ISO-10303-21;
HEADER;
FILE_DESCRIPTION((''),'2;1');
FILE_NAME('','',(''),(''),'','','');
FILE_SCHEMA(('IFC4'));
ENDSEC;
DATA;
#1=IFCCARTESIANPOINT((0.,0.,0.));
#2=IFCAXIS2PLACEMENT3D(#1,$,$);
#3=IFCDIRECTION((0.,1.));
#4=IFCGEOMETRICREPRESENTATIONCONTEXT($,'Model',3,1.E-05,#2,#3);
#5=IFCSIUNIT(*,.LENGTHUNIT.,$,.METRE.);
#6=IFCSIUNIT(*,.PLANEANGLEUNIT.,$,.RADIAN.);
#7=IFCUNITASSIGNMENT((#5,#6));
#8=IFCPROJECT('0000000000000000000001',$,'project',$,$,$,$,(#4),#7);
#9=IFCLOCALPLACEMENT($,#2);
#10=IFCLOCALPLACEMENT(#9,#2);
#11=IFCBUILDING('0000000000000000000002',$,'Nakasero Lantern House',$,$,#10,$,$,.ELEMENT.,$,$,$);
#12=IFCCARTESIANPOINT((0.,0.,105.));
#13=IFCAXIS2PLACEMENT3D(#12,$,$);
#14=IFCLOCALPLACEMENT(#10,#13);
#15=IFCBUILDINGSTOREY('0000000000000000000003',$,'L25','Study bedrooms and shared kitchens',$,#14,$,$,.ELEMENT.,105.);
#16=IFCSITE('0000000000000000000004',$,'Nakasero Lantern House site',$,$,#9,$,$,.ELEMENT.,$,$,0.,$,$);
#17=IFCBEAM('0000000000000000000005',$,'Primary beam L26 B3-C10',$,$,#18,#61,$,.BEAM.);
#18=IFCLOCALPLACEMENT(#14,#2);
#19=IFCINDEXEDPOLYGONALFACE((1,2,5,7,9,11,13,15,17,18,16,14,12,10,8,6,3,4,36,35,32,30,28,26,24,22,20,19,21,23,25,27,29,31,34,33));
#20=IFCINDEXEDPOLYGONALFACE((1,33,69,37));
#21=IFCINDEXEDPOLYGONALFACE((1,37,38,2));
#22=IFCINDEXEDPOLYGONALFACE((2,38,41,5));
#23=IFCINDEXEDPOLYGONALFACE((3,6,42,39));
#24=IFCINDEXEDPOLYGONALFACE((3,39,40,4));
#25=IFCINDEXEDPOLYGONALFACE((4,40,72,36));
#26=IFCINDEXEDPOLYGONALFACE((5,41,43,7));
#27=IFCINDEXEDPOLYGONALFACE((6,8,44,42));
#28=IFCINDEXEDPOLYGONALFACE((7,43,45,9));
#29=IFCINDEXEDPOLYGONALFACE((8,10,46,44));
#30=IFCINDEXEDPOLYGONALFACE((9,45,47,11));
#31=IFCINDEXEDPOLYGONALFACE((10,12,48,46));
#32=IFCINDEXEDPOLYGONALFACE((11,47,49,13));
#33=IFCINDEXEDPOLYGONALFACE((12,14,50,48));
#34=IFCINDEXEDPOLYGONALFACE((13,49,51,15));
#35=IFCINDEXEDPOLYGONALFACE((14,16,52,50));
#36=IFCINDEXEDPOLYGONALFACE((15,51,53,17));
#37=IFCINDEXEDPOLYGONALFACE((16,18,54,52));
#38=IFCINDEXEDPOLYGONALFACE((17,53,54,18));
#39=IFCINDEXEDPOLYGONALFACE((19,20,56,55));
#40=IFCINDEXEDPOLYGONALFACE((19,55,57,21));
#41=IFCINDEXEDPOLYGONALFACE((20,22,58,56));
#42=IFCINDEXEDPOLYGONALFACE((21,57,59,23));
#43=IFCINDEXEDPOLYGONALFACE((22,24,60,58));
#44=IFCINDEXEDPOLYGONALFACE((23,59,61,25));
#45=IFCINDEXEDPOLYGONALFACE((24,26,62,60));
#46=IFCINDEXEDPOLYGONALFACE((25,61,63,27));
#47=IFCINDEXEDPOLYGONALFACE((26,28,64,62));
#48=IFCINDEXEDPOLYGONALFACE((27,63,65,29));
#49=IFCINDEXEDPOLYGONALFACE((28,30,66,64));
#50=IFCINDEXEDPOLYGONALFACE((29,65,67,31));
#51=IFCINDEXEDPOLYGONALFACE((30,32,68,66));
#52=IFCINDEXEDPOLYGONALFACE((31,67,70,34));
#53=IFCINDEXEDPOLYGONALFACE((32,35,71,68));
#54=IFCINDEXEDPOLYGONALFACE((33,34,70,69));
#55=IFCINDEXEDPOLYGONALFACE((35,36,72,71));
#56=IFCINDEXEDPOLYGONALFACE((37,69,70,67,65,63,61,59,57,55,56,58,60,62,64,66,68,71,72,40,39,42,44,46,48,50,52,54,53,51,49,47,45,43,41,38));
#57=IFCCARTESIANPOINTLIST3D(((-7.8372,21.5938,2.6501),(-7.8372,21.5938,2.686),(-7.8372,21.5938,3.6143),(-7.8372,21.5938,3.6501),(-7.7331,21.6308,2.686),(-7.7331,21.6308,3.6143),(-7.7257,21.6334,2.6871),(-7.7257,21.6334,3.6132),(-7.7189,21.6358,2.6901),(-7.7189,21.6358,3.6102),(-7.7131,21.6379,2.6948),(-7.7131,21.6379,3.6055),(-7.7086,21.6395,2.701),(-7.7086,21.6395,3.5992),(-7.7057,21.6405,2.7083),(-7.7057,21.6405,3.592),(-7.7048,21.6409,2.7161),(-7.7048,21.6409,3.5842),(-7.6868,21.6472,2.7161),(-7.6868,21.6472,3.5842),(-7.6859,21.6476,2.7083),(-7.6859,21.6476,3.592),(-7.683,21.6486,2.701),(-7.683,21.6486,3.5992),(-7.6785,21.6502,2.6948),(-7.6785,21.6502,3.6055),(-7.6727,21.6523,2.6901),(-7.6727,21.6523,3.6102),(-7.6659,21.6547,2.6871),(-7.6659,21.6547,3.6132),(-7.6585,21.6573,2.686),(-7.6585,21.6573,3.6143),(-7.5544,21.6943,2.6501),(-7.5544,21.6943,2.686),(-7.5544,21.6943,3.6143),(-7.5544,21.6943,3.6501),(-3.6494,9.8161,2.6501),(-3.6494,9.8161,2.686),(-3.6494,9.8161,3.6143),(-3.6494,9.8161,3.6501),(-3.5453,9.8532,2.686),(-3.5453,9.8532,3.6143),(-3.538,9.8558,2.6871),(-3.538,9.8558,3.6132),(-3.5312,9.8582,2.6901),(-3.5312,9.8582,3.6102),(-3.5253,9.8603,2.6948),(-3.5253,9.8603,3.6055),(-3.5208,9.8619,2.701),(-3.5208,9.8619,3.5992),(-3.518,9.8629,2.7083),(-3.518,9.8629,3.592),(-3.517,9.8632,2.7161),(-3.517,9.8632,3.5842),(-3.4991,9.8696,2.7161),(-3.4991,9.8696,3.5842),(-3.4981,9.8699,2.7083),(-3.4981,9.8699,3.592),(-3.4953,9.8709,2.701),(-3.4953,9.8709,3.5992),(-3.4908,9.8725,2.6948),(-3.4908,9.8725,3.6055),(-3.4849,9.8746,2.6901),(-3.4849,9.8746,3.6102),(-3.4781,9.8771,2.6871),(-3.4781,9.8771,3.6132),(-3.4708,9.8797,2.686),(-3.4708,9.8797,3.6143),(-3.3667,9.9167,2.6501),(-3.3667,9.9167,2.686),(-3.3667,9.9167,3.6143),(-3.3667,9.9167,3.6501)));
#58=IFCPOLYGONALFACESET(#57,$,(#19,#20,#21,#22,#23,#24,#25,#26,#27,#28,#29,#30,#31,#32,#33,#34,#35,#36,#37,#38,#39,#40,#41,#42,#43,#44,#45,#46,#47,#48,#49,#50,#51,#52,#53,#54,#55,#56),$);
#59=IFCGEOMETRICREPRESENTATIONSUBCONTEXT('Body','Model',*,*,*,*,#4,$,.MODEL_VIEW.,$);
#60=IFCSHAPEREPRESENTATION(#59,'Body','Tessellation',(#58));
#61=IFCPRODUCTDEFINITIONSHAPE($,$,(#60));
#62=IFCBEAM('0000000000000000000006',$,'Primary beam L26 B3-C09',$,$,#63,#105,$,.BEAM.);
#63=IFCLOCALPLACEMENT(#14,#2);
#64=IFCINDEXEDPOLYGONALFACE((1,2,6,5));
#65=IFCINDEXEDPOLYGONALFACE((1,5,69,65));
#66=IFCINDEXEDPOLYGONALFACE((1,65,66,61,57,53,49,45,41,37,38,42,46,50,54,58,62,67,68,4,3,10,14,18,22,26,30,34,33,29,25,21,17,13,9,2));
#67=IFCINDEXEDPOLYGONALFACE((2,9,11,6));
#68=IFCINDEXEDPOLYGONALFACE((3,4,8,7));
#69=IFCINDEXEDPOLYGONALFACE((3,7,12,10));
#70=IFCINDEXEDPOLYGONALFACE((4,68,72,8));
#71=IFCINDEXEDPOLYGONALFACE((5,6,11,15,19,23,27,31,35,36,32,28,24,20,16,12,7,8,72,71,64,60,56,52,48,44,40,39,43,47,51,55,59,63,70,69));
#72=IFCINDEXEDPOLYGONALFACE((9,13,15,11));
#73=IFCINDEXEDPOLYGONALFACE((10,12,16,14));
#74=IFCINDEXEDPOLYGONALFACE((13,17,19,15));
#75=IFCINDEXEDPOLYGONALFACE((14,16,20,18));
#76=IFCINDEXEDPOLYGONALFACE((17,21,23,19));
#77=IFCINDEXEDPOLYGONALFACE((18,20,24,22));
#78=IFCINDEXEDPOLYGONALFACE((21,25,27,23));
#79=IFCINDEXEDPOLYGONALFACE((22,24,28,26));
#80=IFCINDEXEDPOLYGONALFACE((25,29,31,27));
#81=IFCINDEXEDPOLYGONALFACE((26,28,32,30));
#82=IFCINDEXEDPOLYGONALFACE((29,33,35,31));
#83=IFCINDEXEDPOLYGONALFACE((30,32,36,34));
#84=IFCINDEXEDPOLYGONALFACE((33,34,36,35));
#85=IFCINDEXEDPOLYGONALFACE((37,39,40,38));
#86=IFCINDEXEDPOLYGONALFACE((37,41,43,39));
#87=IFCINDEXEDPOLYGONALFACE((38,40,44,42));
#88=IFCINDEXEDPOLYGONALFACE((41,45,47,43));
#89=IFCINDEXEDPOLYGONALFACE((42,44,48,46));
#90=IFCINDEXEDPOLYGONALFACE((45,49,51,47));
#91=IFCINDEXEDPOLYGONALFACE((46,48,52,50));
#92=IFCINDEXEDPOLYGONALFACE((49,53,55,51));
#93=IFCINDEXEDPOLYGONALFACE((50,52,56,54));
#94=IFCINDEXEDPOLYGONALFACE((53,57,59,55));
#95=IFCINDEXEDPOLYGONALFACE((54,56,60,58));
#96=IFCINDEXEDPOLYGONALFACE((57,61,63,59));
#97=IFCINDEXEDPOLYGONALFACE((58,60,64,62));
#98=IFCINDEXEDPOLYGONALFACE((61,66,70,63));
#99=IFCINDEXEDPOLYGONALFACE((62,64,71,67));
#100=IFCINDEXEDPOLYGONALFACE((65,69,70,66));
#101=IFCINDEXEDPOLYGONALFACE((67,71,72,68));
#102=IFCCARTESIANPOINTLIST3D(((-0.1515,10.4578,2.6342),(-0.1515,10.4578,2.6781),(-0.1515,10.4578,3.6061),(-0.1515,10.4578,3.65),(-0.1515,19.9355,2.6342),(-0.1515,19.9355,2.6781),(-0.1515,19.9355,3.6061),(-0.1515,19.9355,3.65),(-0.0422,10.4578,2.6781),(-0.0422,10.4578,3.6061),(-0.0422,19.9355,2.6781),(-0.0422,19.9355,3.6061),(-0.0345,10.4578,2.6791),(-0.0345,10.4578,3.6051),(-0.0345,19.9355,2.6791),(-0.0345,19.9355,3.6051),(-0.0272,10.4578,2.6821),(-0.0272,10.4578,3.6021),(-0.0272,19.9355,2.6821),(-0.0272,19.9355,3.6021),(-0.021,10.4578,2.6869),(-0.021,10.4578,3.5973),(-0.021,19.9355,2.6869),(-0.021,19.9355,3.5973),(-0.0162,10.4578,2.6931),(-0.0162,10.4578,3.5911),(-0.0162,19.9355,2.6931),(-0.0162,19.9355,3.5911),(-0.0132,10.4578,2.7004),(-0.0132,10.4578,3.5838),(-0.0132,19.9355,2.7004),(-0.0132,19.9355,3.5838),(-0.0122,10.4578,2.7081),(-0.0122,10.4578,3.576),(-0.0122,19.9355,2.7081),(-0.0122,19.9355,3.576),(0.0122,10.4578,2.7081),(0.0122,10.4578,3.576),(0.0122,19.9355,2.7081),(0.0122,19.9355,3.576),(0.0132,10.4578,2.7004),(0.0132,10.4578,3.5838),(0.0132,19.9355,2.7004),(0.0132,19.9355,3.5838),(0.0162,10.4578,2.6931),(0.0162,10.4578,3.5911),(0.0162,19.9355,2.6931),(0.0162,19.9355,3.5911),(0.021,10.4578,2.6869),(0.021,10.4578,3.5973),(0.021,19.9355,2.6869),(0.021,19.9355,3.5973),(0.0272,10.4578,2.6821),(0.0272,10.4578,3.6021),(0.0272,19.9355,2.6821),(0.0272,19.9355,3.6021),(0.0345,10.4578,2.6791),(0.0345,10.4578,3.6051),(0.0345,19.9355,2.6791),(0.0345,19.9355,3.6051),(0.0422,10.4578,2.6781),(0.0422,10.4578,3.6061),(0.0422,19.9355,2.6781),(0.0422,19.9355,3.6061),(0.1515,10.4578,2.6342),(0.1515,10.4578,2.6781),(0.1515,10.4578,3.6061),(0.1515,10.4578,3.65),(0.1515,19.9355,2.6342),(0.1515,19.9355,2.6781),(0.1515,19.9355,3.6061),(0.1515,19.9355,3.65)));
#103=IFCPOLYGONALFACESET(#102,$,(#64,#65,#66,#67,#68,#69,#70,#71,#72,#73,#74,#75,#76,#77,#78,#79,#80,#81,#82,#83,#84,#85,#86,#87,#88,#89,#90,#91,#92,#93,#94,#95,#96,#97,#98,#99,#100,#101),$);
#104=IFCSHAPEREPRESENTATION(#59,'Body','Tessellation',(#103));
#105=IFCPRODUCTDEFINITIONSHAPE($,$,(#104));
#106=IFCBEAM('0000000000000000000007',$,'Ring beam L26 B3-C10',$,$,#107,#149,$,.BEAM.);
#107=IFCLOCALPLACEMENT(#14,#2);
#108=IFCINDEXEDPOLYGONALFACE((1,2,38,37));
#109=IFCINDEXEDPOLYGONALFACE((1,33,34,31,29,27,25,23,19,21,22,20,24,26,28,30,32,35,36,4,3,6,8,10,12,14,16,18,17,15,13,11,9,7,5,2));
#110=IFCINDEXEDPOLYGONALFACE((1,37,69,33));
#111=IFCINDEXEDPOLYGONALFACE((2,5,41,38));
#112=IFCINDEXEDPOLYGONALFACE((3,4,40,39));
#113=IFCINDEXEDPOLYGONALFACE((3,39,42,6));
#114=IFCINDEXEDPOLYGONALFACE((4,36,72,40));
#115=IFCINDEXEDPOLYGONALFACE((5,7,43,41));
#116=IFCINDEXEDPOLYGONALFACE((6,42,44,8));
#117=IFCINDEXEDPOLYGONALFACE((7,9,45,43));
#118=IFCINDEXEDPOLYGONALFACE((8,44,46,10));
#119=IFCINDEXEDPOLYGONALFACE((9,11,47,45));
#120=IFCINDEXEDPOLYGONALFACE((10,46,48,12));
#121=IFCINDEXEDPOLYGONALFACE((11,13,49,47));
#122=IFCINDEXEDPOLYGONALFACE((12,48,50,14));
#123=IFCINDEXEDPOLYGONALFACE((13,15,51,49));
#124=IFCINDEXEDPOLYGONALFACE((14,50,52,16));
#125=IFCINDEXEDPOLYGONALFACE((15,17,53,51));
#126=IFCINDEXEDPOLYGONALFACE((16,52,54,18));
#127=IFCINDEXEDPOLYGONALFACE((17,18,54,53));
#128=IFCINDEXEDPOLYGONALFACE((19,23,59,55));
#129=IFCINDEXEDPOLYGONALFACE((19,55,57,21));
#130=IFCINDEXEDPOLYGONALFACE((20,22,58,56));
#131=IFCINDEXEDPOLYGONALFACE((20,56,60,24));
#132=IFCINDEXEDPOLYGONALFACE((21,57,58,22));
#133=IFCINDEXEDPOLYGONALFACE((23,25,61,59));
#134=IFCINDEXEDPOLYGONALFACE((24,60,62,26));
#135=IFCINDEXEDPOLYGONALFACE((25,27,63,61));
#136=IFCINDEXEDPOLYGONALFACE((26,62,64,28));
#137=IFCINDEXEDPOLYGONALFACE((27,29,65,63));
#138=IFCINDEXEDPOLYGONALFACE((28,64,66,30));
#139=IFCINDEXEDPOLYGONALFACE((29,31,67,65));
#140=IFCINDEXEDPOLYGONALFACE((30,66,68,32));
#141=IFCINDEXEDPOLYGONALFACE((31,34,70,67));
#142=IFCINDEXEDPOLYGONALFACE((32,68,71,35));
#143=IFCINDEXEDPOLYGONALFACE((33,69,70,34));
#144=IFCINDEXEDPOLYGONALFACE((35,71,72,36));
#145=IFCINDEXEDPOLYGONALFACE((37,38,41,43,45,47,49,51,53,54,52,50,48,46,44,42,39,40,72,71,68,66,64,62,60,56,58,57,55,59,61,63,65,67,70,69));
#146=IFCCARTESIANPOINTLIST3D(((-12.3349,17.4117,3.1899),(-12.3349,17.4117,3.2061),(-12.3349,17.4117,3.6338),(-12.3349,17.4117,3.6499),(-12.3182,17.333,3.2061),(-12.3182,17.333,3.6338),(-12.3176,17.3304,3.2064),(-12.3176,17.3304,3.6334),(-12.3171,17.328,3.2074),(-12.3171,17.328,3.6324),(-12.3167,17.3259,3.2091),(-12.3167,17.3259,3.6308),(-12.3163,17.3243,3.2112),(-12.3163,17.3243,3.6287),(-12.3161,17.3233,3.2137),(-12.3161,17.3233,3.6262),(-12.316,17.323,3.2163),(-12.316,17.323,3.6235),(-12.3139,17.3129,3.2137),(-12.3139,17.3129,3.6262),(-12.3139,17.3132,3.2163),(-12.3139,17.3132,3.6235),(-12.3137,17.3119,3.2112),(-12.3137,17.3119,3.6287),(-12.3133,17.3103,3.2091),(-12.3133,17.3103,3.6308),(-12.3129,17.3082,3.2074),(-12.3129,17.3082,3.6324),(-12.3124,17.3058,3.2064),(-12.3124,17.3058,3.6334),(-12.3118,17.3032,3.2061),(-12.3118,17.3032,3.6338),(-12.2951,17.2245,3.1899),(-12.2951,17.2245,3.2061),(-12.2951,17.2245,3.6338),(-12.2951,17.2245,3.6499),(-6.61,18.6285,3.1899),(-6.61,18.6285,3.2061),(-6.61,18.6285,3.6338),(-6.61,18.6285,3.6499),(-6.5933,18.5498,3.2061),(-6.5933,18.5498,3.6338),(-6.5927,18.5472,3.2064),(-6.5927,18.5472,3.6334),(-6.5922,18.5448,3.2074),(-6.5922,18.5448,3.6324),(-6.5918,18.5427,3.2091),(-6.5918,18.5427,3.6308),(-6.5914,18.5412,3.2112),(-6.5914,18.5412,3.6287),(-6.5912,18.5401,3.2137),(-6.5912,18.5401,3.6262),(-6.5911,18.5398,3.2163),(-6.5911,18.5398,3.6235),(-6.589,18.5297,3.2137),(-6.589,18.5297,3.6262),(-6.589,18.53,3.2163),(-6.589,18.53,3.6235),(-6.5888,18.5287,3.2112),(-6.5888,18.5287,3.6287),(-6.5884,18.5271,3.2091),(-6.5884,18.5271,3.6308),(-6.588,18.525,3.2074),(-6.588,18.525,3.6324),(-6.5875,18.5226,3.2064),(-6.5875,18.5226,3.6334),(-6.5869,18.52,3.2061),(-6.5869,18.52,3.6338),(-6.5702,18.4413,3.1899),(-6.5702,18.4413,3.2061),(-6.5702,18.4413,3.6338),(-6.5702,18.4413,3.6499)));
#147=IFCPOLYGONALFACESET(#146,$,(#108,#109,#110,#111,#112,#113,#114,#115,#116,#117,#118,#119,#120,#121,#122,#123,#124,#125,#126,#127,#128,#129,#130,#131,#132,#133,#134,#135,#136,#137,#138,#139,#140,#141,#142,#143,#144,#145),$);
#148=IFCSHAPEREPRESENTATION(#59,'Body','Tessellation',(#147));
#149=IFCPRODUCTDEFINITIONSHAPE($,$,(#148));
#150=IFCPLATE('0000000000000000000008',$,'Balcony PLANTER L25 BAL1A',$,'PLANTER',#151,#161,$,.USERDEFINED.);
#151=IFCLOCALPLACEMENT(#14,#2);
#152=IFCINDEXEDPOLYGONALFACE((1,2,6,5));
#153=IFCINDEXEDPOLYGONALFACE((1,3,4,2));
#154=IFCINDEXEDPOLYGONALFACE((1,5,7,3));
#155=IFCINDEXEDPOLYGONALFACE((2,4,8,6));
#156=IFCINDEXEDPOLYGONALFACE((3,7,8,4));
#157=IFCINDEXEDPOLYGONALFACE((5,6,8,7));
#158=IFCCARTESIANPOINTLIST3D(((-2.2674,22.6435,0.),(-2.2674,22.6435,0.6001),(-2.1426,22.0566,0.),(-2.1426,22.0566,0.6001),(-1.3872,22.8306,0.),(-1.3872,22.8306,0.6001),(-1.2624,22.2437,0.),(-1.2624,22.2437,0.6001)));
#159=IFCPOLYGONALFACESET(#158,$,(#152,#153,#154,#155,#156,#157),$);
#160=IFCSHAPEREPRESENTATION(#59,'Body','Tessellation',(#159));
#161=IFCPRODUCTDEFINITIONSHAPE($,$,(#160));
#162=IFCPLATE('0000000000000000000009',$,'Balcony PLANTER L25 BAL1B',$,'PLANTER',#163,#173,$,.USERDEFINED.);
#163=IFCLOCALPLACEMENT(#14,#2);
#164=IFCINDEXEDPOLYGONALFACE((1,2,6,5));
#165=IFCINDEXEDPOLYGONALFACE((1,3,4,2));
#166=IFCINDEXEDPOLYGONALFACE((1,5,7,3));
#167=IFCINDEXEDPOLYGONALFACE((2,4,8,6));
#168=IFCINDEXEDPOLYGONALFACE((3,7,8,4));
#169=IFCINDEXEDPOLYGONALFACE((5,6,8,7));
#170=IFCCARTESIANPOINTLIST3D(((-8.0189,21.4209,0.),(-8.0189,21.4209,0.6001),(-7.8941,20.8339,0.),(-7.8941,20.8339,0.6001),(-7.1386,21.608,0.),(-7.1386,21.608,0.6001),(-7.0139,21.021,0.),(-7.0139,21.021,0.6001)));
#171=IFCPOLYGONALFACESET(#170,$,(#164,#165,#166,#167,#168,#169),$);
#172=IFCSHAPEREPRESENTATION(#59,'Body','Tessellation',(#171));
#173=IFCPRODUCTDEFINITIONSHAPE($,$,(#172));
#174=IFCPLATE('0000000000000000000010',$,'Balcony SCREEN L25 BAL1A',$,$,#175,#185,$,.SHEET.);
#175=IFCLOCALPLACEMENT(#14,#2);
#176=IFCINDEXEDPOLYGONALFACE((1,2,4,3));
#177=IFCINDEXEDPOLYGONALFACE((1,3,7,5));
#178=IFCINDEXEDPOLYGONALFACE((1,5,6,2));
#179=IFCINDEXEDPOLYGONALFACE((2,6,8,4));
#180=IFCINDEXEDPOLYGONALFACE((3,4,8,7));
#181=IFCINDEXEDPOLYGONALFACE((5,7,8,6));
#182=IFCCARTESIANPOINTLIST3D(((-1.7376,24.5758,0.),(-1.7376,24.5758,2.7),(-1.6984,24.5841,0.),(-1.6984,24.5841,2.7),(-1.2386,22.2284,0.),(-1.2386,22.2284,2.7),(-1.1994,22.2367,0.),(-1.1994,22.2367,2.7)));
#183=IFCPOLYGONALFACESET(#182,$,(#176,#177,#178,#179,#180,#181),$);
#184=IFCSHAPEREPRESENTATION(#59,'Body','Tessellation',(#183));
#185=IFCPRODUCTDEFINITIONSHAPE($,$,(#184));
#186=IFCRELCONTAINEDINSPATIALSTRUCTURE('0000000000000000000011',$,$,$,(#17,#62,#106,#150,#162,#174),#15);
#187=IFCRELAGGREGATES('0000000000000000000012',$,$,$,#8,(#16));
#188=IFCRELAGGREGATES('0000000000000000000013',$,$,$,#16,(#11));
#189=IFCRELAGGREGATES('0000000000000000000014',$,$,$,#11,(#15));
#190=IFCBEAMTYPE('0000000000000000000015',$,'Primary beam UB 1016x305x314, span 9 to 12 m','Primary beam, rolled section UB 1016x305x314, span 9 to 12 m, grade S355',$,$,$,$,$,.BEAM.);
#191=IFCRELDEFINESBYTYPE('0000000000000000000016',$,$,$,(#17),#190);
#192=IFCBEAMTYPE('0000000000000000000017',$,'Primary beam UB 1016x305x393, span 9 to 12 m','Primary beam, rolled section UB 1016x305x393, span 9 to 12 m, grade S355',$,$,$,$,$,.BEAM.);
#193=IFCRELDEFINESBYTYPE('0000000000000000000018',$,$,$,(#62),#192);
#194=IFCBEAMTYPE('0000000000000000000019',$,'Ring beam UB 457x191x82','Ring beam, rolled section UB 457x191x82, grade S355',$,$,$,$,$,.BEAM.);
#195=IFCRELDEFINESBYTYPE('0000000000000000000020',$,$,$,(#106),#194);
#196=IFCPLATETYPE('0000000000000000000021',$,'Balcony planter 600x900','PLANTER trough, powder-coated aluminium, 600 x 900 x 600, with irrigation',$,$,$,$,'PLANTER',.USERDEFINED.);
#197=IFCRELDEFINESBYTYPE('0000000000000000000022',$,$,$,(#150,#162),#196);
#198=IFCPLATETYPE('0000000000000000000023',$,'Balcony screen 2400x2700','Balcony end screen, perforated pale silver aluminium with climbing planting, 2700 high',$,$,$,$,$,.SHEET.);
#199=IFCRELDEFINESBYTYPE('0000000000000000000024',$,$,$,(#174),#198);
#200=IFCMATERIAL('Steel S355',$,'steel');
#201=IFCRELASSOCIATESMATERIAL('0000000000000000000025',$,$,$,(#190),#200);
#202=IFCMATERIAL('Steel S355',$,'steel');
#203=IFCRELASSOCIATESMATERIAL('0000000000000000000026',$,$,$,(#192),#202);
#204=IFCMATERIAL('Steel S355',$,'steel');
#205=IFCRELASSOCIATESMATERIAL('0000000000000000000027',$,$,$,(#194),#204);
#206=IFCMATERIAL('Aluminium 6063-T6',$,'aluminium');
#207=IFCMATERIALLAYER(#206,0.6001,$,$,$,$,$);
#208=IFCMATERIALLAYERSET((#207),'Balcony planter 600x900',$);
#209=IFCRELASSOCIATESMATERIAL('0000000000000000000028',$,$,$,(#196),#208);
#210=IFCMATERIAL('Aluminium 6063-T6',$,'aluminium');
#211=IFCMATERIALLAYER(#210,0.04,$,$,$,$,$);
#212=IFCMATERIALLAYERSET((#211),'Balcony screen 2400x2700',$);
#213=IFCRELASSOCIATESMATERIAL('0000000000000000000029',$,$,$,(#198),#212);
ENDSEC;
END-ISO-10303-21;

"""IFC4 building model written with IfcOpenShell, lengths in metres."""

from ifc_helpers import new_model, si_unit, direction, frame, origin, origin_2d, place, context, subcontext, project, spatial, rectangle, i_section, extrude, material, layer, layer_set, material_profile, profile_set, type_object, element, save


model = new_model("IFC4")

# Units and contexts
model_context = context("Model", 3, precision=1e-05, world=origin(), true_north=direction((0.0, 1.0)))
body_context = subcontext(model_context, "Body", "Model", "MODEL_VIEW")
ifc_project = project(units=[si_unit("LENGTHUNIT", "METRE"), si_unit("PLANEANGLEUNIT", "RADIAN")], contexts=[model_context])

# Site, building, storey
site_placement = place(None, origin())
site = spatial("IfcSite", under=ifc_project, at=site_placement, Name="Nakasero Lantern House site", CompositionType="ELEMENT", RefElevation=0.0)
building_placement = place(site_placement, origin())
building = spatial("IfcBuilding", under=site, at=building_placement, Name="Nakasero Lantern House", CompositionType="ELEMENT")
storey_placement = place(building_placement, frame((0.0, 0.0, 105.0)))
storey = spatial("IfcBuildingStorey", under=building, at=storey_placement, Name="L25", Description="Study bedrooms and shared kitchens", CompositionType="ELEMENT", Elevation=105.0)

# Beams
ifc_material_1 = material(Name="Steel S355", Category="steel")
ifc_material_profile_1 = material_profile(ifc_material_1, i_section(OverallWidth=0.3, OverallDepth=1.0, WebThickness=0.019, FlangeThickness=0.0359, FilletRadius=0.03, at=origin_2d()), Name="UB 1016x305x314")
ifc_profile_set_1 = profile_set([ifc_material_profile_1], Name="Steel S355")
beam_type_1 = type_object("IfcBeamType", Name="Primary beam UB 1016x305x314, span 9 to 12 m", Description="Primary beam, rolled section UB 1016x305x314, span 9 to 12 m, grade S355", PredefinedType="BEAM", material=ifc_profile_set_1)
beam_1_placement = place(storey_placement, frame((-7.6958, 21.644, 3.1501), z_axis=(0.335021, -0.942211, 0.0), x_axis=(0.942211, 0.335021, 0.0)))
element("IfcBeam", 1, at=beam_1_placement, inside=storey, type_object=beam_type_1, Name="Primary beam L26 B3-C10", PredefinedType="BEAM", context=body_context, shape_type="SweptSolid", body=[
    extrude(i_section(OverallWidth=0.3, OverallDepth=1.0, WebThickness=0.019, FlangeThickness=0.0359, FilletRadius=0.03, at=origin_2d()), origin(), (0.0, 0.0, 1.0), 12.5),
])
ifc_material_2 = material(Name="Steel S355", Category="steel")
ifc_material_profile_2 = material_profile(ifc_material_2, i_section(OverallWidth=0.303, OverallDepth=1.0159, WebThickness=0.0244, FlangeThickness=0.0439, FilletRadius=0.03, at=origin_2d()), Name="UB 1016x305x393")
ifc_profile_set_2 = profile_set([ifc_material_profile_2], Name="Steel S355")
beam_type_2 = type_object("IfcBeamType", Name="Primary beam UB 1016x305x393, span 9 to 12 m", Description="Primary beam, rolled section UB 1016x305x393, span 9 to 12 m, grade S355", PredefinedType="BEAM", material=ifc_profile_set_2)
beam_2_placement = place(storey_placement, frame((0.0, 19.9355, 3.1421), z_axis=(0.0, -1.0, 0.0), x_axis=(1.0, 0.0, 0.0)))
element("IfcBeam", 2, at=beam_2_placement, inside=storey, type_object=beam_type_2, Name="Primary beam L26 B3-C09", PredefinedType="BEAM", context=body_context, shape_type="SweptSolid", body=[
    extrude(i_section(OverallWidth=0.303, OverallDepth=1.0159, WebThickness=0.0244, FlangeThickness=0.0439, FilletRadius=0.03, at=origin_2d()), origin(), (0.0, 0.0, 1.0), 9.4778),
])
ifc_material_3 = material(Name="Steel S355", Category="steel")
ifc_material_profile_3 = material_profile(ifc_material_3, i_section(OverallWidth=0.1914, OverallDepth=0.46, WebThickness=0.01, FlangeThickness=0.0161, FilletRadius=0.0103, at=origin_2d()), Name="UB 457x191x82")
ifc_profile_set_3 = profile_set([ifc_material_profile_3], Name="Steel S355")
beam_type_3 = type_object("IfcBeamType", Name="Ring beam UB 457x191x82", Description="Ring beam, rolled section UB 457x191x82, grade S355", PredefinedType="BEAM", material=ifc_profile_set_3)
beam_3_placement = place(storey_placement, frame((-6.5901, 18.5349, 3.4199), z_axis=(-0.97815, -0.207902, 0.0), x_axis=(0.207902, -0.97815, 0.0)))
element("IfcBeam", 3, at=beam_3_placement, inside=storey, type_object=beam_type_3, Name="Ring beam L26 B3-C10", PredefinedType="BEAM", context=body_context, shape_type="SweptSolid", body=[
    extrude(i_section(OverallWidth=0.1914, OverallDepth=0.46, WebThickness=0.01, FlangeThickness=0.0161, FilletRadius=0.0103, at=origin_2d()), origin(), (0.0, 0.0, 1.0), 5.8528),
])

# Plates
ifc_material_4 = material(Name="Aluminium 6063-T6", Category="aluminium")
ifc_layer_1 = layer(ifc_material_4, 0.6001)
ifc_layer_set_1 = layer_set([ifc_layer_1], Name="Balcony planter 600x900")
plate_type_1 = type_object("IfcPlateType", Name="Balcony planter 600x900", Description="PLANTER trough, powder-coated aluminium, 600 x 900 x 600, with irrigation", ElementType="PLANTER", PredefinedType="USERDEFINED", material=ifc_layer_set_1)
for number, where, z_axis, x_axis, name in (
    (4, (-1.7649, 22.4436, 0.0), (0.0, 0.0, 1.0), (-0.207912, 0.978148, 0.0), "Balcony PLANTER L25 BAL1A"),
    (5, (-7.5164, 21.2209, 0.0), (0.0, 0.0, 1.0), (-0.207912, 0.978148, 0.0), "Balcony PLANTER L25 BAL1B"),
):
    element("IfcPlate", number, at=place(storey_placement, frame(where, z_axis=z_axis, x_axis=x_axis)), inside=storey, type_object=plate_type_1, Name=name, ObjectType="PLANTER", PredefinedType="USERDEFINED", context=body_context, shape_type="SweptSolid", body=[
        extrude(rectangle(XDim=0.6001, YDim=0.8999, at=origin_2d()), origin(), (0.0, 0.0, 1.0), 0.6001),
    ])
ifc_material_5 = material(Name="Aluminium 6063-T6", Category="aluminium")
ifc_layer_2 = layer(ifc_material_5, 0.04)
ifc_layer_set_2 = layer_set([ifc_layer_2], Name="Balcony screen 2400x2700")
plate_type_2 = type_object("IfcPlateType", Name="Balcony screen 2400x2700", Description="Balcony end screen, perforated pale silver aluminium with climbing planting, 2700 high", PredefinedType="SHEET", material=ifc_layer_set_2)
for number, where, z_axis, x_axis, name in (
    (6, (-1.4685, 23.4062, 0.0), (0.0, 0.0, 1.0), (-0.207912, 0.978148, 0.0), "Balcony SCREEN L25 BAL1A"),
):
    element("IfcPlate", number, at=place(storey_placement, frame(where, z_axis=z_axis, x_axis=x_axis)), inside=storey, type_object=plate_type_2, Name=name, PredefinedType="SHEET", context=body_context, shape_type="SweptSolid", body=[
        extrude(rectangle(XDim=2.3999, YDim=0.04, at=origin_2d()), origin(), (0.0, 0.0, 1.0), 2.7),
    ])

save(model, "model.ifc")
